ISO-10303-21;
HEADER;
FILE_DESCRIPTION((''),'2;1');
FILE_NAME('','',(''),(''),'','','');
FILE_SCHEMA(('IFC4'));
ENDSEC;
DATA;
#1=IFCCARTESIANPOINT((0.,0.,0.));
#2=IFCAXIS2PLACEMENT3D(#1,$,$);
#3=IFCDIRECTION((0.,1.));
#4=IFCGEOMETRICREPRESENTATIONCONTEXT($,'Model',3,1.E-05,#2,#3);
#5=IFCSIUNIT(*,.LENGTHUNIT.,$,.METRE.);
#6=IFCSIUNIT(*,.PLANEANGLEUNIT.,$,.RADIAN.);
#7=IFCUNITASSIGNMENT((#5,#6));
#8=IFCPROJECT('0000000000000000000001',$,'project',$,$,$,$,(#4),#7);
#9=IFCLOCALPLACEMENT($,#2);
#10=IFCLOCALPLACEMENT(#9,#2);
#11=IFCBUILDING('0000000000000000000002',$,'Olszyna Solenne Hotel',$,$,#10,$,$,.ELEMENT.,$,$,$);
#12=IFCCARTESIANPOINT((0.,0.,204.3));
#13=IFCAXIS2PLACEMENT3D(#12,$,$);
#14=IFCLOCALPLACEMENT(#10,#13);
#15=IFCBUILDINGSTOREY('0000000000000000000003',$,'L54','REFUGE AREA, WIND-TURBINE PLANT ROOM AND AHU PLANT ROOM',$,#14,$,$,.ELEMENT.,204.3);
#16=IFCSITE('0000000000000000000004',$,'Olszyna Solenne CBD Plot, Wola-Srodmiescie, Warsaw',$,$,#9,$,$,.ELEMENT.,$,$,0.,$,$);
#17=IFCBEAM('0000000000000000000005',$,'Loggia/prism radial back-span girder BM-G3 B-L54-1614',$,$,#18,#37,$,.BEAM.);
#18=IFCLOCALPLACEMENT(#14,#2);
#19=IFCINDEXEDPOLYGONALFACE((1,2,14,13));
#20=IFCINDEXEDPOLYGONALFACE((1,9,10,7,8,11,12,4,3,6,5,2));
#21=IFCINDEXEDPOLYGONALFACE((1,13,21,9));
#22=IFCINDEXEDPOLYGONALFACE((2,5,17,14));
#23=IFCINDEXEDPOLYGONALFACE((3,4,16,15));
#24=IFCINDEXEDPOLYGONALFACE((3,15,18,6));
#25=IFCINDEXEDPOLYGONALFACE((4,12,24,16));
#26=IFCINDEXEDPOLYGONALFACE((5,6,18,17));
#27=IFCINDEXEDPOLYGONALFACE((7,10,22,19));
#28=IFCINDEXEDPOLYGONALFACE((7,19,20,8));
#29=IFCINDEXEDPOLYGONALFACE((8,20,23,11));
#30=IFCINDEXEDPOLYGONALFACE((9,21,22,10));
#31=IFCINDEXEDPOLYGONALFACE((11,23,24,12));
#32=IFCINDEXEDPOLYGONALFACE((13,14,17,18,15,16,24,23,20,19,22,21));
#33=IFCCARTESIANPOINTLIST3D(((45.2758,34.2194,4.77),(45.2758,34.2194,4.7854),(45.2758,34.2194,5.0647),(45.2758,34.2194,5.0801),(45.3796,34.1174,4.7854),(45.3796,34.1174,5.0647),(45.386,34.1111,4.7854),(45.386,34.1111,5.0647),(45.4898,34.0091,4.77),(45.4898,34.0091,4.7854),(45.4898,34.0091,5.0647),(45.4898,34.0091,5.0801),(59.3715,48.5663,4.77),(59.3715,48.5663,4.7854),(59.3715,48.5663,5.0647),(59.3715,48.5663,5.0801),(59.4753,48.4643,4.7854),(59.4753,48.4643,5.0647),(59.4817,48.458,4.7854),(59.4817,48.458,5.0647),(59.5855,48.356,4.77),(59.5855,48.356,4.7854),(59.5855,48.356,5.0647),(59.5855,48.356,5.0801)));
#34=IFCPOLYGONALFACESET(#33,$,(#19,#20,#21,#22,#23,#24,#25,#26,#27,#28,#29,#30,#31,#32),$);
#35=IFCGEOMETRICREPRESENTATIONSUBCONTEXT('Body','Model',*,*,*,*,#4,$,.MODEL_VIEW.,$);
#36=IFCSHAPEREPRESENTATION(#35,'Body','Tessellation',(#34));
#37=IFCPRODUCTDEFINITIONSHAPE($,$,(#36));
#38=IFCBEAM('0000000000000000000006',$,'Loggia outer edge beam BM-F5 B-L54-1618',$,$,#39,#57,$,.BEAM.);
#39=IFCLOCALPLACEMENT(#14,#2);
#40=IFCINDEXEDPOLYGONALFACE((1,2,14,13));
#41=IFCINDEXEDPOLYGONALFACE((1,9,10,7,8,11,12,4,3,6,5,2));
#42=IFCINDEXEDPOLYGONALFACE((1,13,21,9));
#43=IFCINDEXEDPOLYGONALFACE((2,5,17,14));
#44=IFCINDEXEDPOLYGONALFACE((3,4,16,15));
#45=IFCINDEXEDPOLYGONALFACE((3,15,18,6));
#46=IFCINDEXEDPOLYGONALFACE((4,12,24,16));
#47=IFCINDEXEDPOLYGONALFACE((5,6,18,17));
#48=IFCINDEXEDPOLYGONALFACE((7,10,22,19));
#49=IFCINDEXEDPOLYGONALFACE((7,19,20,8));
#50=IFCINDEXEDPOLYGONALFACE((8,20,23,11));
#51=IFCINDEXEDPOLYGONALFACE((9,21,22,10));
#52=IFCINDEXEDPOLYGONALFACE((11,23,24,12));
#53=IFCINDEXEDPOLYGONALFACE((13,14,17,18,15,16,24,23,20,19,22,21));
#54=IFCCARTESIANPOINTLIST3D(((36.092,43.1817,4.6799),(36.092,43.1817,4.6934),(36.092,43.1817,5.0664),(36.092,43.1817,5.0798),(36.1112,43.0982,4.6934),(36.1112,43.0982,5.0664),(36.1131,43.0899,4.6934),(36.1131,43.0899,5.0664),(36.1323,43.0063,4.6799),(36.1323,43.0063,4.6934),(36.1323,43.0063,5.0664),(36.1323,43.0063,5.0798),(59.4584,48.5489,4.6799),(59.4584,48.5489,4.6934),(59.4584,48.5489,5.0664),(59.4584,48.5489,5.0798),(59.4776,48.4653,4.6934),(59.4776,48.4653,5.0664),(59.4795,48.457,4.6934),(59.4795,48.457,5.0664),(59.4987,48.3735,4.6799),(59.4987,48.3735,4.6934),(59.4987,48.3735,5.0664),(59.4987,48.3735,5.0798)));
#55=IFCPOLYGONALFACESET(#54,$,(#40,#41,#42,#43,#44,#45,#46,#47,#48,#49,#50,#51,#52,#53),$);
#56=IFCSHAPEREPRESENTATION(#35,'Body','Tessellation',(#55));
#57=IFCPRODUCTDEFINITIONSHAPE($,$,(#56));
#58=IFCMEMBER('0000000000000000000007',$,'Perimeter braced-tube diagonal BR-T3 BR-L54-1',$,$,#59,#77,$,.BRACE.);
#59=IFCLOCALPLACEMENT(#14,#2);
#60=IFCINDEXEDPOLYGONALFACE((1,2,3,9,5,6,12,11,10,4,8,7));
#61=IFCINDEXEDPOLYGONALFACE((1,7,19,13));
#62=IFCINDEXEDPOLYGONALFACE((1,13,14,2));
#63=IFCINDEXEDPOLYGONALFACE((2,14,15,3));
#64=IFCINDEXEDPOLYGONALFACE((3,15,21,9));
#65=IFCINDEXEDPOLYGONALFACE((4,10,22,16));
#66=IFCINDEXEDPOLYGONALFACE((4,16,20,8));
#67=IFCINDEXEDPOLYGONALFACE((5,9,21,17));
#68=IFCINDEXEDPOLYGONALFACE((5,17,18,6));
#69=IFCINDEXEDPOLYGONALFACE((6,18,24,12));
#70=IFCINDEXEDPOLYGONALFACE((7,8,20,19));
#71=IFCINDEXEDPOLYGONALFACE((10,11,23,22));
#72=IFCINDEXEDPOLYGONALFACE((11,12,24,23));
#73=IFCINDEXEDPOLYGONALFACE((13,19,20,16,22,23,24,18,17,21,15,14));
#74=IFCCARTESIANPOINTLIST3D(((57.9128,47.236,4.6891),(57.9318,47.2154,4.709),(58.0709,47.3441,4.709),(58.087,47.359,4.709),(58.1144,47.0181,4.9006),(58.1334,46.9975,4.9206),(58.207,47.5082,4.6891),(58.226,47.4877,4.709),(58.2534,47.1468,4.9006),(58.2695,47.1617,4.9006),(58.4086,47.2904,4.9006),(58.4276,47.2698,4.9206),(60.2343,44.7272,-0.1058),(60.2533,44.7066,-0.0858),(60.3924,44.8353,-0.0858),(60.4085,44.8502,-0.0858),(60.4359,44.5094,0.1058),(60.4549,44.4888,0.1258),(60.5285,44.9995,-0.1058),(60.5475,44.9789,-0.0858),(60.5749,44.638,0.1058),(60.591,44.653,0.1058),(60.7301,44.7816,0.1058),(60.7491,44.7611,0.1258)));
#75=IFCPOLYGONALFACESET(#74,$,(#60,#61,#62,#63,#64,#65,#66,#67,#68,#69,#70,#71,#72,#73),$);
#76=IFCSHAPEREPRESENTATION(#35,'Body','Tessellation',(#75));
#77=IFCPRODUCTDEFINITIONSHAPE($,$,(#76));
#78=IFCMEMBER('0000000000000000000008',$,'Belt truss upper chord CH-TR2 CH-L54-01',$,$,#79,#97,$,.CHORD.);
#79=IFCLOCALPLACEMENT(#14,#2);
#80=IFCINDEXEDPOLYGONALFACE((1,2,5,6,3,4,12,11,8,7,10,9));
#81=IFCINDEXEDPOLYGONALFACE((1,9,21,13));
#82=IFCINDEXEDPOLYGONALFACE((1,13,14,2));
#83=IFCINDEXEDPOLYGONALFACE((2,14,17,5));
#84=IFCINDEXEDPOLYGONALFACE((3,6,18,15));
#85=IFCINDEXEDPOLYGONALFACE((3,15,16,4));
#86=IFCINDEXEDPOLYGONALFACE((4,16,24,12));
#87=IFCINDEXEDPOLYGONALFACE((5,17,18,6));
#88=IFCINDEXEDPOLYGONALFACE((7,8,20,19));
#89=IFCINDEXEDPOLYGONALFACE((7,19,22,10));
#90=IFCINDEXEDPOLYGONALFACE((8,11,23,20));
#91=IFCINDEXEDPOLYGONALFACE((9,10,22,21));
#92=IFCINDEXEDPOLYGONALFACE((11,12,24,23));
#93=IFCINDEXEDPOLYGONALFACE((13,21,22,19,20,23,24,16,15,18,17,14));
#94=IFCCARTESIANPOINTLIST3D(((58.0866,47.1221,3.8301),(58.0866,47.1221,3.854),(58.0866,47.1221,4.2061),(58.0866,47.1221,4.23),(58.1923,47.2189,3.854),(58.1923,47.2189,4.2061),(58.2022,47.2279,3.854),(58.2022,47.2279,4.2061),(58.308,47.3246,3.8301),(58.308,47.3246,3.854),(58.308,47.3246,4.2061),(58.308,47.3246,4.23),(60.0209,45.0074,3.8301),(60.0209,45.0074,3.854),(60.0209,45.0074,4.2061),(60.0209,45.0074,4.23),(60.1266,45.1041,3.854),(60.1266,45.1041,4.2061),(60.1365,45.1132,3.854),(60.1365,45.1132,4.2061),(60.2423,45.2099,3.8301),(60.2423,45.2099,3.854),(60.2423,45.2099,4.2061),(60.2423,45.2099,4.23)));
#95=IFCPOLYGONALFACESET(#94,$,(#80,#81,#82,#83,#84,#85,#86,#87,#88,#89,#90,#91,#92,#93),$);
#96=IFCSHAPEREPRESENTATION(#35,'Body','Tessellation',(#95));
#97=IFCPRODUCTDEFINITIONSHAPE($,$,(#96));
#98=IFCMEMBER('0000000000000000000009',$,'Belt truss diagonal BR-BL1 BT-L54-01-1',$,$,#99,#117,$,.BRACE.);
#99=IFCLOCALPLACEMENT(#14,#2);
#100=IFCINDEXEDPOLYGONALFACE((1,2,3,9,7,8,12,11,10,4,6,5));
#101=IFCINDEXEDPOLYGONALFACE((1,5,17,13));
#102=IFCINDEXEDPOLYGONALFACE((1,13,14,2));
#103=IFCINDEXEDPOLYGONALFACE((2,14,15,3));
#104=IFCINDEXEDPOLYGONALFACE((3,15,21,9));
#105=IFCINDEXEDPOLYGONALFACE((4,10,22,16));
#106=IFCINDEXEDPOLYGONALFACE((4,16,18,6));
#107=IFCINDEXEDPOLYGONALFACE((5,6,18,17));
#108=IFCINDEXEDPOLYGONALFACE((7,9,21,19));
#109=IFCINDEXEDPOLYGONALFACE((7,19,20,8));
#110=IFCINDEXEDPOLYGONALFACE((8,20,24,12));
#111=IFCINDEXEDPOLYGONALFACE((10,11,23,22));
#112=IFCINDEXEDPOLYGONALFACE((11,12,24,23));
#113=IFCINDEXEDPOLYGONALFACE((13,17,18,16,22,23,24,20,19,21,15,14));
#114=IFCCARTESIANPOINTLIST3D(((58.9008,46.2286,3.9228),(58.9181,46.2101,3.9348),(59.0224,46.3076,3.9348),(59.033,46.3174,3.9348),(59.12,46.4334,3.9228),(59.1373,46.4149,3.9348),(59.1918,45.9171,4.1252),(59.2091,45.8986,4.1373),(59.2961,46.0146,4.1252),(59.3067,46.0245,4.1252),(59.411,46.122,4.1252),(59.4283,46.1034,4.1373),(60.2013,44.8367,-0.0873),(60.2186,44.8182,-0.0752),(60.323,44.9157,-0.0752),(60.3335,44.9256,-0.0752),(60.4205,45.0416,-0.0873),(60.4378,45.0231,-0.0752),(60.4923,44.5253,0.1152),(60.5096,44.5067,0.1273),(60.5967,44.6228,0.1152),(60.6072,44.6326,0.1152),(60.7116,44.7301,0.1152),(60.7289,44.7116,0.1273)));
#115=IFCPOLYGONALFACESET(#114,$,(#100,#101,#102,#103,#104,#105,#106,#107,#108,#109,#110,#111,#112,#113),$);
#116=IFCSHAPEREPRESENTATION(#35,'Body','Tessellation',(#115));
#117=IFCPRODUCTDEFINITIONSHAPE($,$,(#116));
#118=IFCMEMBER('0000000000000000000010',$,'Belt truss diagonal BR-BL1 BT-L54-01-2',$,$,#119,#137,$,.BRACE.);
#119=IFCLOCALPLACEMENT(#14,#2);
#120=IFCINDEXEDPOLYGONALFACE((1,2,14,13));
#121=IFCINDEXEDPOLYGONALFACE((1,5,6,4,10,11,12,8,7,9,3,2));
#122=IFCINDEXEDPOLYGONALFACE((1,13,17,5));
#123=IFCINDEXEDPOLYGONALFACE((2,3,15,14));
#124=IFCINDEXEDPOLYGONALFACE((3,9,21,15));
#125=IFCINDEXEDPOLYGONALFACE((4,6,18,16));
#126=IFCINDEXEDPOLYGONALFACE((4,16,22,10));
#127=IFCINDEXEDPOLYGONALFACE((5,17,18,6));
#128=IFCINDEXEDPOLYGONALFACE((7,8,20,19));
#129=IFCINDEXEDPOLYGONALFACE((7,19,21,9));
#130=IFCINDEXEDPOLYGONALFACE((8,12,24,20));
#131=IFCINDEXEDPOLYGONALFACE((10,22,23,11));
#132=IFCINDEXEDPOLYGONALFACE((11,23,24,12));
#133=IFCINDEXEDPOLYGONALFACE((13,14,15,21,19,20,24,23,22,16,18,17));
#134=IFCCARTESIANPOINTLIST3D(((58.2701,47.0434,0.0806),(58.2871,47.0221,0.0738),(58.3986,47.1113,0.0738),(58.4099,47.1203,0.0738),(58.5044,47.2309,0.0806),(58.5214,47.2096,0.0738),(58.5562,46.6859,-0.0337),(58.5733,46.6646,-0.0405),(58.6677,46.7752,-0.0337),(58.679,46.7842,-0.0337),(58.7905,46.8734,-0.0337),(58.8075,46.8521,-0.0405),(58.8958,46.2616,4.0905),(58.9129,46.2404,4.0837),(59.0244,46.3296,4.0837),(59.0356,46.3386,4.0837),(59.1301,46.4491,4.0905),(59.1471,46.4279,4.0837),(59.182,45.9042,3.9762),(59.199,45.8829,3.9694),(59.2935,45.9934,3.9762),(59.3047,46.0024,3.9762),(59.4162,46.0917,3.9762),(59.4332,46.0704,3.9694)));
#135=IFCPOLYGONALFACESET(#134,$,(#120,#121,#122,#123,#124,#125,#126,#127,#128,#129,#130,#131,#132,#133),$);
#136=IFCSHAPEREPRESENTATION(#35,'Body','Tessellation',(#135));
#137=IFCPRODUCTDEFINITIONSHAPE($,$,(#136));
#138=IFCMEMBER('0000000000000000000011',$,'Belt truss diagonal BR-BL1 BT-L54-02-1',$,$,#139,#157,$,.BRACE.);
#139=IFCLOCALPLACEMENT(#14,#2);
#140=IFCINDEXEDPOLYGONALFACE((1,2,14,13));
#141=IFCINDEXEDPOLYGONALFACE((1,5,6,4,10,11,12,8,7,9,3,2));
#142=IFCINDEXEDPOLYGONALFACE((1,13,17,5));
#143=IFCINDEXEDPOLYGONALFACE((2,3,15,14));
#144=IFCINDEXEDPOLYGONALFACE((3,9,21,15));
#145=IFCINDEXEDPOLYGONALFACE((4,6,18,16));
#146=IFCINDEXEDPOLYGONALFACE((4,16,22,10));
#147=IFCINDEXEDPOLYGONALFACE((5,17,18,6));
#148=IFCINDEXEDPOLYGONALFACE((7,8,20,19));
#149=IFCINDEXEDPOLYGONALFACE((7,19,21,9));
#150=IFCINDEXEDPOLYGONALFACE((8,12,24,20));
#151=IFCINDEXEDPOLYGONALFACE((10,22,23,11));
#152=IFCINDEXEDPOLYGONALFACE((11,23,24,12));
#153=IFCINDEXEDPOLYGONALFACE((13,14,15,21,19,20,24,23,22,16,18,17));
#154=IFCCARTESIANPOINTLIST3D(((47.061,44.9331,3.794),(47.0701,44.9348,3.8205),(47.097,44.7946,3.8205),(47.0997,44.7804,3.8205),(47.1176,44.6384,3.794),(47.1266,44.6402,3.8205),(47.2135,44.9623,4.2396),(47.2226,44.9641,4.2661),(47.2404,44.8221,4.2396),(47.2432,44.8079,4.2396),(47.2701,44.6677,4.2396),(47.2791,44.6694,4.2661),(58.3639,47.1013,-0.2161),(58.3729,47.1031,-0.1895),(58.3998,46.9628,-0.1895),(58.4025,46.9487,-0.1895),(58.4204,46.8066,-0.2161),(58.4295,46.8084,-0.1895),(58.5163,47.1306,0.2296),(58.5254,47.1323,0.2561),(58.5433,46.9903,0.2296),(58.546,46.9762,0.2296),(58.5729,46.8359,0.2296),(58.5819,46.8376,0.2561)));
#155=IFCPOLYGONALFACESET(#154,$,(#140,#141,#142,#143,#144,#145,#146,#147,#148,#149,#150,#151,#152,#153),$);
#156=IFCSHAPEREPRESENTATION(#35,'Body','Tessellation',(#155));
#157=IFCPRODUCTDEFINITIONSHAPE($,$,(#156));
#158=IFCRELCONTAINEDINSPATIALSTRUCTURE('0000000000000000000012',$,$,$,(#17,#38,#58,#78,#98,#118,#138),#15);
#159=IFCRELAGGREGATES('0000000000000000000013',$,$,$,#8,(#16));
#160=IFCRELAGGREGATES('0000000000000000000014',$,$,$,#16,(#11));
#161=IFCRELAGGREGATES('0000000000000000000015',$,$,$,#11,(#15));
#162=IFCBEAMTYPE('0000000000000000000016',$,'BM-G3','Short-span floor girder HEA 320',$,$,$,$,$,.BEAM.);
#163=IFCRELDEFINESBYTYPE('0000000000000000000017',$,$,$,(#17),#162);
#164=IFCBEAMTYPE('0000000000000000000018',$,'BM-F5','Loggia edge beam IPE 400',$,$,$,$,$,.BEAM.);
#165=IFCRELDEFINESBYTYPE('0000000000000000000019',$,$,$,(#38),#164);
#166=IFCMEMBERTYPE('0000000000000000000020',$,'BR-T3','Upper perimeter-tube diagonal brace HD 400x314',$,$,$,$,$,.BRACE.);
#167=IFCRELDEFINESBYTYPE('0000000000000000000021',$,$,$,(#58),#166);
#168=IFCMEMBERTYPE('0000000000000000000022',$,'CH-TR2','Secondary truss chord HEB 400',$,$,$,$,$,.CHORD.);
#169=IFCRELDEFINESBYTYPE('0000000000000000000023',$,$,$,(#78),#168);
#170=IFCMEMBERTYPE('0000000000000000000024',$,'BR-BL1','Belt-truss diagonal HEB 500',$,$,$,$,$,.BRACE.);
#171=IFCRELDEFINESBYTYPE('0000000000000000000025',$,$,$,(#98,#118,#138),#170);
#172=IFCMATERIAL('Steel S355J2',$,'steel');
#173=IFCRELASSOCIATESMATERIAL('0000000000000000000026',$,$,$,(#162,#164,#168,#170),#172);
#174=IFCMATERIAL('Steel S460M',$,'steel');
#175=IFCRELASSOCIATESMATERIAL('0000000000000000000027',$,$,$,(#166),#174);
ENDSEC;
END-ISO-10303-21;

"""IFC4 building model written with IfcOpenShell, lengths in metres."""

from ifc_helpers import new_model, si_unit, direction, frame, origin, origin_2d, place, context, subcontext, project, spatial, i_section, extrude, source, transform, mapped, material, material_profile, profile_set, type_object, element, save


model = new_model("IFC4")

# Units and contexts
model_context = context("Model", 3, precision=1e-05, world=origin(), true_north=direction((0.0, 1.0)))
body_context = subcontext(model_context, "Body", "Model", "MODEL_VIEW")
ifc_project = project(units=[si_unit("LENGTHUNIT", "METRE"), si_unit("PLANEANGLEUNIT", "RADIAN")], contexts=[model_context])

# Site, building, storey
site_placement = place(None, origin())
site = spatial("IfcSite", under=ifc_project, at=site_placement, Name="Olszyna Solenne CBD Plot, Wola-Srodmiescie, Warsaw", CompositionType="ELEMENT", RefElevation=0.0)
building_placement = place(site_placement, origin())
building = spatial("IfcBuilding", under=site, at=building_placement, Name="Olszyna Solenne Hotel", CompositionType="ELEMENT")
storey_placement = place(building_placement, frame((0.0, 0.0, 204.3)))
storey = spatial("IfcBuildingStorey", under=building, at=storey_placement, Name="L54", Description="REFUGE AREA, WIND-TURBINE PLANT ROOM AND AHU PLANT ROOM", CompositionType="ELEMENT", Elevation=204.3)

# Shared definitions
ifc_material_1 = material(Name="Steel S460M", Category="steel")

# Beams
ifc_material_2 = material(Name="Steel S355J2", Category="steel")
ifc_material_profile_1 = material_profile(ifc_material_2, i_section(OverallWidth=0.3, OverallDepth=0.3101, WebThickness=0.009, FlangeThickness=0.0154, at=origin_2d()), Name="HEA 320", Category="load-bearing")
ifc_profile_set_1 = profile_set([ifc_material_profile_1], Name="Steel S355J2")
beam_type_1 = type_object("IfcBeamType", Name="BM-G3", Description="Short-span floor girder HEA 320", PredefinedType="BEAM", material=ifc_profile_set_1)
shared_shape_1 = source(origin(), body_context, "Body", "SweptSolid", [
    extrude(i_section(OverallWidth=0.3, OverallDepth=0.3101, WebThickness=0.009, FlangeThickness=0.0154, at=origin_2d()), origin(), (0.0, 0.0, 1.0), 20.1128),
])
beam_1_placement = place(storey_placement, frame((59.4785, 48.4612, 4.925), z_axis=(-0.700834, -0.713325, 0.0), x_axis=(0.713325, -0.700834, 0.0)))
element("IfcBeam", 1, at=beam_1_placement, inside=storey, type_object=beam_type_1, Name="Loggia/prism radial back-span girder BM-G3 B-L54-1614", PredefinedType="BEAM", context=body_context, shape_type="MappedRepresentation", body=[
    mapped(shared_shape_1, transform((0.0, 0.0, 0.0), x_axis=(1.0, 0.0, 0.0), y_axis=(0.0, 1.0, 0.0), z_axis=(0.0, 0.0, 1.0), scale=1.0)),
])
ifc_material_profile_2 = material_profile(ifc_material_2, i_section(OverallWidth=0.1799, OverallDepth=0.3999, WebThickness=0.0085, FlangeThickness=0.0134, at=origin_2d()), Name="IPE 400", Category="load-bearing")
ifc_profile_set_2 = profile_set([ifc_material_profile_2], Name="Steel S355J2")
beam_type_2 = type_object("IfcBeamType", Name="BM-F5", Description="Loggia edge beam IPE 400", PredefinedType="BEAM", material=ifc_profile_set_2)
shared_shape_2 = source(origin(), body_context, "Body", "SweptSolid", [
    extrude(i_section(OverallWidth=0.1799, OverallDepth=0.3999, WebThickness=0.0085, FlangeThickness=0.0134, at=origin_2d()), origin(), (0.0, 0.0, 1.0), 23.9749),
])
beam_2_placement = place(storey_placement, frame((59.4785, 48.4612, 4.8799), z_axis=(-0.97462, -0.223867, 0.0), x_axis=(0.223867, -0.97462, 0.0)))
element("IfcBeam", 2, at=beam_2_placement, inside=storey, type_object=beam_type_2, Name="Loggia outer edge beam BM-F5 B-L54-1618", PredefinedType="BEAM", context=body_context, shape_type="MappedRepresentation", body=[
    mapped(shared_shape_2, transform((0.0, 0.0, 0.0), x_axis=(1.0, 0.0, 0.0), y_axis=(0.0, 1.0, 0.0), z_axis=(0.0, 0.0, 1.0), scale=1.0)),
])

# Members
ifc_material_profile_3 = material_profile(ifc_material_1, i_section(OverallWidth=0.4009, OverallDepth=0.3989, WebThickness=0.022, FlangeThickness=0.0344, at=origin_2d()), Name="HD 400x314", Category="load-bearing")
ifc_profile_set_3 = profile_set([ifc_material_profile_3], Name="Steel S460M")
member_type_1 = type_object("IfcMemberType", Name="BR-T3", Description="Upper perimeter-tube diagonal brace HD 400x314", PredefinedType="BRACE", material=ifc_profile_set_3)
shared_shape_3 = source(origin(), body_context, "Body", "SweptSolid", [
    extrude(i_section(OverallWidth=0.4009, OverallDepth=0.3989, WebThickness=0.022, FlangeThickness=0.0344, at=origin_2d()), origin(), (0.0, 0.0, 1.0), 5.8884),
])
member_1_placement = place(storey_placement, frame((60.4917, 44.7441, 0.01), z_axis=(-0.394246, 0.426047, 0.814281), x_axis=(-0.733968, -0.679184, 0.0)))
element("IfcMember", 3, at=member_1_placement, inside=storey, type_object=member_type_1, Name="Perimeter braced-tube diagonal BR-T3 BR-L54-1", PredefinedType="BRACE", context=body_context, shape_type="MappedRepresentation", body=[
    mapped(shared_shape_3, transform((0.0, 0.0, 0.0), x_axis=(1.0, 0.0, 0.0), y_axis=(0.0, 1.0, 0.0), z_axis=(0.0, 0.0, 1.0), scale=1.0)),
])
ifc_material_profile_4 = material_profile(ifc_material_2, i_section(OverallWidth=0.3, OverallDepth=0.3999, WebThickness=0.0134, FlangeThickness=0.0239, at=origin_2d()), Name="HEB 400", Category="load-bearing")
ifc_profile_set_4 = profile_set([ifc_material_profile_4], Name="Steel S355J2")
member_type_2 = type_object("IfcMemberType", Name="CH-TR2", Description="Secondary truss chord HEB 400", PredefinedType="CHORD", material=ifc_profile_set_4)
shared_shape_4 = source(origin(), body_context, "Body", "SweptSolid", [
    extrude(i_section(OverallWidth=0.3, OverallDepth=0.3999, WebThickness=0.0134, FlangeThickness=0.0239, at=origin_2d()), origin(), (0.0, 0.0, 1.0), 2.866),
])
member_2_placement = place(storey_placement, frame((60.1316, 45.1086, 4.03), z_axis=(-0.67493, 0.737882, 0.0), x_axis=(-0.737882, -0.67493, 0.0)))
element("IfcMember", 4, at=member_2_placement, inside=storey, type_object=member_type_2, Name="Belt truss upper chord CH-TR2 CH-L54-01", PredefinedType="CHORD", context=body_context, shape_type="MappedRepresentation", body=[
    mapped(shared_shape_4, transform((0.0, 0.0, 0.0), x_axis=(1.0, 0.0, 0.0), y_axis=(0.0, 1.0, 0.0), z_axis=(0.0, 0.0, 1.0), scale=1.0)),
])
ifc_material_profile_5 = material_profile(ifc_material_2, i_section(OverallWidth=0.3, OverallDepth=0.5, WebThickness=0.0144, FlangeThickness=0.0281, at=origin_2d()), Name="HEB 500", Category="load-bearing")
ifc_profile_set_5 = profile_set([ifc_material_profile_5], Name="Steel S355J2")
member_type_3 = type_object("IfcMemberType", Name="BR-BL1", Description="Belt-truss diagonal HEB 500", PredefinedType="BRACE", material=ifc_profile_set_5)
shared_shape_5 = source(origin(), body_context, "Body", "SweptSolid", [
    extrude(i_section(OverallWidth=0.3, OverallDepth=0.5, WebThickness=0.0144, FlangeThickness=0.0281, at=origin_2d()), origin(), (0.0, 0.0, 1.0), 4.4395),
])
member_3_placement = place(storey_placement, frame((60.4651, 44.7742, 0.02), z_axis=(-0.292949, 0.313517, 0.903265), x_axis=(-0.730667, -0.682734, 0.0)))
element("IfcMember", 5, at=member_3_placement, inside=storey, type_object=member_type_3, Name="Belt truss diagonal BR-BL1 BT-L54-01-1", PredefinedType="BRACE", context=body_context, shape_type="MappedRepresentation", body=[
    mapped(shared_shape_5, transform((0.0, 0.0, 0.0), x_axis=(1.0, 0.0, 0.0), y_axis=(0.0, 1.0, 0.0), z_axis=(0.0, 0.0, 1.0), scale=1.0)),
])
shared_shape_6 = source(origin(), body_context, "Body", "SweptSolid", [
    extrude(i_section(OverallWidth=0.3, OverallDepth=0.5, WebThickness=0.0144, FlangeThickness=0.0281, at=origin_2d()), origin(), (0.0, 0.0, 1.0), 4.1331),
])
member_4_placement = place(storey_placement, frame((58.5388, 46.9478, 0.02), z_axis=(0.151394, -0.189139, 0.970209), x_axis=(0.780702, 0.624903, 0.0)))
element("IfcMember", 6, at=member_4_placement, inside=storey, type_object=member_type_3, Name="Belt truss diagonal BR-BL1 BT-L54-01-2", PredefinedType="BRACE", context=body_context, shape_type="MappedRepresentation", body=[
    mapped(shared_shape_6, transform((0.0, 0.0, 0.0), x_axis=(1.0, 0.0, 0.0), y_axis=(0.0, 1.0, 0.0), z_axis=(0.0, 0.0, 1.0), scale=1.0)),
])
shared_shape_7 = source(origin(), body_context, "Body", "SweptSolid", [
    extrude(i_section(OverallWidth=0.3, OverallDepth=0.5, WebThickness=0.0144, FlangeThickness=0.0281, at=origin_2d()), origin(), (0.0, 0.0, 1.0), 12.1875),
])
member_5_placement = place(storey_placement, frame((58.4729, 46.9695, 0.02), z_axis=(-0.92741, -0.177906, 0.329029), x_axis=(0.188396, -0.982093, 0.0)))
element("IfcMember", 7, at=member_5_placement, inside=storey, type_object=member_type_3, Name="Belt truss diagonal BR-BL1 BT-L54-02-1", PredefinedType="BRACE", context=body_context, shape_type="MappedRepresentation", body=[
    mapped(shared_shape_7, transform((0.0, 0.0, 0.0), x_axis=(1.0, 0.0, 0.0), y_axis=(0.0, 1.0, 0.0), z_axis=(0.0, 0.0, 1.0), scale=1.0)),
])

save(model, "model.ifc")
